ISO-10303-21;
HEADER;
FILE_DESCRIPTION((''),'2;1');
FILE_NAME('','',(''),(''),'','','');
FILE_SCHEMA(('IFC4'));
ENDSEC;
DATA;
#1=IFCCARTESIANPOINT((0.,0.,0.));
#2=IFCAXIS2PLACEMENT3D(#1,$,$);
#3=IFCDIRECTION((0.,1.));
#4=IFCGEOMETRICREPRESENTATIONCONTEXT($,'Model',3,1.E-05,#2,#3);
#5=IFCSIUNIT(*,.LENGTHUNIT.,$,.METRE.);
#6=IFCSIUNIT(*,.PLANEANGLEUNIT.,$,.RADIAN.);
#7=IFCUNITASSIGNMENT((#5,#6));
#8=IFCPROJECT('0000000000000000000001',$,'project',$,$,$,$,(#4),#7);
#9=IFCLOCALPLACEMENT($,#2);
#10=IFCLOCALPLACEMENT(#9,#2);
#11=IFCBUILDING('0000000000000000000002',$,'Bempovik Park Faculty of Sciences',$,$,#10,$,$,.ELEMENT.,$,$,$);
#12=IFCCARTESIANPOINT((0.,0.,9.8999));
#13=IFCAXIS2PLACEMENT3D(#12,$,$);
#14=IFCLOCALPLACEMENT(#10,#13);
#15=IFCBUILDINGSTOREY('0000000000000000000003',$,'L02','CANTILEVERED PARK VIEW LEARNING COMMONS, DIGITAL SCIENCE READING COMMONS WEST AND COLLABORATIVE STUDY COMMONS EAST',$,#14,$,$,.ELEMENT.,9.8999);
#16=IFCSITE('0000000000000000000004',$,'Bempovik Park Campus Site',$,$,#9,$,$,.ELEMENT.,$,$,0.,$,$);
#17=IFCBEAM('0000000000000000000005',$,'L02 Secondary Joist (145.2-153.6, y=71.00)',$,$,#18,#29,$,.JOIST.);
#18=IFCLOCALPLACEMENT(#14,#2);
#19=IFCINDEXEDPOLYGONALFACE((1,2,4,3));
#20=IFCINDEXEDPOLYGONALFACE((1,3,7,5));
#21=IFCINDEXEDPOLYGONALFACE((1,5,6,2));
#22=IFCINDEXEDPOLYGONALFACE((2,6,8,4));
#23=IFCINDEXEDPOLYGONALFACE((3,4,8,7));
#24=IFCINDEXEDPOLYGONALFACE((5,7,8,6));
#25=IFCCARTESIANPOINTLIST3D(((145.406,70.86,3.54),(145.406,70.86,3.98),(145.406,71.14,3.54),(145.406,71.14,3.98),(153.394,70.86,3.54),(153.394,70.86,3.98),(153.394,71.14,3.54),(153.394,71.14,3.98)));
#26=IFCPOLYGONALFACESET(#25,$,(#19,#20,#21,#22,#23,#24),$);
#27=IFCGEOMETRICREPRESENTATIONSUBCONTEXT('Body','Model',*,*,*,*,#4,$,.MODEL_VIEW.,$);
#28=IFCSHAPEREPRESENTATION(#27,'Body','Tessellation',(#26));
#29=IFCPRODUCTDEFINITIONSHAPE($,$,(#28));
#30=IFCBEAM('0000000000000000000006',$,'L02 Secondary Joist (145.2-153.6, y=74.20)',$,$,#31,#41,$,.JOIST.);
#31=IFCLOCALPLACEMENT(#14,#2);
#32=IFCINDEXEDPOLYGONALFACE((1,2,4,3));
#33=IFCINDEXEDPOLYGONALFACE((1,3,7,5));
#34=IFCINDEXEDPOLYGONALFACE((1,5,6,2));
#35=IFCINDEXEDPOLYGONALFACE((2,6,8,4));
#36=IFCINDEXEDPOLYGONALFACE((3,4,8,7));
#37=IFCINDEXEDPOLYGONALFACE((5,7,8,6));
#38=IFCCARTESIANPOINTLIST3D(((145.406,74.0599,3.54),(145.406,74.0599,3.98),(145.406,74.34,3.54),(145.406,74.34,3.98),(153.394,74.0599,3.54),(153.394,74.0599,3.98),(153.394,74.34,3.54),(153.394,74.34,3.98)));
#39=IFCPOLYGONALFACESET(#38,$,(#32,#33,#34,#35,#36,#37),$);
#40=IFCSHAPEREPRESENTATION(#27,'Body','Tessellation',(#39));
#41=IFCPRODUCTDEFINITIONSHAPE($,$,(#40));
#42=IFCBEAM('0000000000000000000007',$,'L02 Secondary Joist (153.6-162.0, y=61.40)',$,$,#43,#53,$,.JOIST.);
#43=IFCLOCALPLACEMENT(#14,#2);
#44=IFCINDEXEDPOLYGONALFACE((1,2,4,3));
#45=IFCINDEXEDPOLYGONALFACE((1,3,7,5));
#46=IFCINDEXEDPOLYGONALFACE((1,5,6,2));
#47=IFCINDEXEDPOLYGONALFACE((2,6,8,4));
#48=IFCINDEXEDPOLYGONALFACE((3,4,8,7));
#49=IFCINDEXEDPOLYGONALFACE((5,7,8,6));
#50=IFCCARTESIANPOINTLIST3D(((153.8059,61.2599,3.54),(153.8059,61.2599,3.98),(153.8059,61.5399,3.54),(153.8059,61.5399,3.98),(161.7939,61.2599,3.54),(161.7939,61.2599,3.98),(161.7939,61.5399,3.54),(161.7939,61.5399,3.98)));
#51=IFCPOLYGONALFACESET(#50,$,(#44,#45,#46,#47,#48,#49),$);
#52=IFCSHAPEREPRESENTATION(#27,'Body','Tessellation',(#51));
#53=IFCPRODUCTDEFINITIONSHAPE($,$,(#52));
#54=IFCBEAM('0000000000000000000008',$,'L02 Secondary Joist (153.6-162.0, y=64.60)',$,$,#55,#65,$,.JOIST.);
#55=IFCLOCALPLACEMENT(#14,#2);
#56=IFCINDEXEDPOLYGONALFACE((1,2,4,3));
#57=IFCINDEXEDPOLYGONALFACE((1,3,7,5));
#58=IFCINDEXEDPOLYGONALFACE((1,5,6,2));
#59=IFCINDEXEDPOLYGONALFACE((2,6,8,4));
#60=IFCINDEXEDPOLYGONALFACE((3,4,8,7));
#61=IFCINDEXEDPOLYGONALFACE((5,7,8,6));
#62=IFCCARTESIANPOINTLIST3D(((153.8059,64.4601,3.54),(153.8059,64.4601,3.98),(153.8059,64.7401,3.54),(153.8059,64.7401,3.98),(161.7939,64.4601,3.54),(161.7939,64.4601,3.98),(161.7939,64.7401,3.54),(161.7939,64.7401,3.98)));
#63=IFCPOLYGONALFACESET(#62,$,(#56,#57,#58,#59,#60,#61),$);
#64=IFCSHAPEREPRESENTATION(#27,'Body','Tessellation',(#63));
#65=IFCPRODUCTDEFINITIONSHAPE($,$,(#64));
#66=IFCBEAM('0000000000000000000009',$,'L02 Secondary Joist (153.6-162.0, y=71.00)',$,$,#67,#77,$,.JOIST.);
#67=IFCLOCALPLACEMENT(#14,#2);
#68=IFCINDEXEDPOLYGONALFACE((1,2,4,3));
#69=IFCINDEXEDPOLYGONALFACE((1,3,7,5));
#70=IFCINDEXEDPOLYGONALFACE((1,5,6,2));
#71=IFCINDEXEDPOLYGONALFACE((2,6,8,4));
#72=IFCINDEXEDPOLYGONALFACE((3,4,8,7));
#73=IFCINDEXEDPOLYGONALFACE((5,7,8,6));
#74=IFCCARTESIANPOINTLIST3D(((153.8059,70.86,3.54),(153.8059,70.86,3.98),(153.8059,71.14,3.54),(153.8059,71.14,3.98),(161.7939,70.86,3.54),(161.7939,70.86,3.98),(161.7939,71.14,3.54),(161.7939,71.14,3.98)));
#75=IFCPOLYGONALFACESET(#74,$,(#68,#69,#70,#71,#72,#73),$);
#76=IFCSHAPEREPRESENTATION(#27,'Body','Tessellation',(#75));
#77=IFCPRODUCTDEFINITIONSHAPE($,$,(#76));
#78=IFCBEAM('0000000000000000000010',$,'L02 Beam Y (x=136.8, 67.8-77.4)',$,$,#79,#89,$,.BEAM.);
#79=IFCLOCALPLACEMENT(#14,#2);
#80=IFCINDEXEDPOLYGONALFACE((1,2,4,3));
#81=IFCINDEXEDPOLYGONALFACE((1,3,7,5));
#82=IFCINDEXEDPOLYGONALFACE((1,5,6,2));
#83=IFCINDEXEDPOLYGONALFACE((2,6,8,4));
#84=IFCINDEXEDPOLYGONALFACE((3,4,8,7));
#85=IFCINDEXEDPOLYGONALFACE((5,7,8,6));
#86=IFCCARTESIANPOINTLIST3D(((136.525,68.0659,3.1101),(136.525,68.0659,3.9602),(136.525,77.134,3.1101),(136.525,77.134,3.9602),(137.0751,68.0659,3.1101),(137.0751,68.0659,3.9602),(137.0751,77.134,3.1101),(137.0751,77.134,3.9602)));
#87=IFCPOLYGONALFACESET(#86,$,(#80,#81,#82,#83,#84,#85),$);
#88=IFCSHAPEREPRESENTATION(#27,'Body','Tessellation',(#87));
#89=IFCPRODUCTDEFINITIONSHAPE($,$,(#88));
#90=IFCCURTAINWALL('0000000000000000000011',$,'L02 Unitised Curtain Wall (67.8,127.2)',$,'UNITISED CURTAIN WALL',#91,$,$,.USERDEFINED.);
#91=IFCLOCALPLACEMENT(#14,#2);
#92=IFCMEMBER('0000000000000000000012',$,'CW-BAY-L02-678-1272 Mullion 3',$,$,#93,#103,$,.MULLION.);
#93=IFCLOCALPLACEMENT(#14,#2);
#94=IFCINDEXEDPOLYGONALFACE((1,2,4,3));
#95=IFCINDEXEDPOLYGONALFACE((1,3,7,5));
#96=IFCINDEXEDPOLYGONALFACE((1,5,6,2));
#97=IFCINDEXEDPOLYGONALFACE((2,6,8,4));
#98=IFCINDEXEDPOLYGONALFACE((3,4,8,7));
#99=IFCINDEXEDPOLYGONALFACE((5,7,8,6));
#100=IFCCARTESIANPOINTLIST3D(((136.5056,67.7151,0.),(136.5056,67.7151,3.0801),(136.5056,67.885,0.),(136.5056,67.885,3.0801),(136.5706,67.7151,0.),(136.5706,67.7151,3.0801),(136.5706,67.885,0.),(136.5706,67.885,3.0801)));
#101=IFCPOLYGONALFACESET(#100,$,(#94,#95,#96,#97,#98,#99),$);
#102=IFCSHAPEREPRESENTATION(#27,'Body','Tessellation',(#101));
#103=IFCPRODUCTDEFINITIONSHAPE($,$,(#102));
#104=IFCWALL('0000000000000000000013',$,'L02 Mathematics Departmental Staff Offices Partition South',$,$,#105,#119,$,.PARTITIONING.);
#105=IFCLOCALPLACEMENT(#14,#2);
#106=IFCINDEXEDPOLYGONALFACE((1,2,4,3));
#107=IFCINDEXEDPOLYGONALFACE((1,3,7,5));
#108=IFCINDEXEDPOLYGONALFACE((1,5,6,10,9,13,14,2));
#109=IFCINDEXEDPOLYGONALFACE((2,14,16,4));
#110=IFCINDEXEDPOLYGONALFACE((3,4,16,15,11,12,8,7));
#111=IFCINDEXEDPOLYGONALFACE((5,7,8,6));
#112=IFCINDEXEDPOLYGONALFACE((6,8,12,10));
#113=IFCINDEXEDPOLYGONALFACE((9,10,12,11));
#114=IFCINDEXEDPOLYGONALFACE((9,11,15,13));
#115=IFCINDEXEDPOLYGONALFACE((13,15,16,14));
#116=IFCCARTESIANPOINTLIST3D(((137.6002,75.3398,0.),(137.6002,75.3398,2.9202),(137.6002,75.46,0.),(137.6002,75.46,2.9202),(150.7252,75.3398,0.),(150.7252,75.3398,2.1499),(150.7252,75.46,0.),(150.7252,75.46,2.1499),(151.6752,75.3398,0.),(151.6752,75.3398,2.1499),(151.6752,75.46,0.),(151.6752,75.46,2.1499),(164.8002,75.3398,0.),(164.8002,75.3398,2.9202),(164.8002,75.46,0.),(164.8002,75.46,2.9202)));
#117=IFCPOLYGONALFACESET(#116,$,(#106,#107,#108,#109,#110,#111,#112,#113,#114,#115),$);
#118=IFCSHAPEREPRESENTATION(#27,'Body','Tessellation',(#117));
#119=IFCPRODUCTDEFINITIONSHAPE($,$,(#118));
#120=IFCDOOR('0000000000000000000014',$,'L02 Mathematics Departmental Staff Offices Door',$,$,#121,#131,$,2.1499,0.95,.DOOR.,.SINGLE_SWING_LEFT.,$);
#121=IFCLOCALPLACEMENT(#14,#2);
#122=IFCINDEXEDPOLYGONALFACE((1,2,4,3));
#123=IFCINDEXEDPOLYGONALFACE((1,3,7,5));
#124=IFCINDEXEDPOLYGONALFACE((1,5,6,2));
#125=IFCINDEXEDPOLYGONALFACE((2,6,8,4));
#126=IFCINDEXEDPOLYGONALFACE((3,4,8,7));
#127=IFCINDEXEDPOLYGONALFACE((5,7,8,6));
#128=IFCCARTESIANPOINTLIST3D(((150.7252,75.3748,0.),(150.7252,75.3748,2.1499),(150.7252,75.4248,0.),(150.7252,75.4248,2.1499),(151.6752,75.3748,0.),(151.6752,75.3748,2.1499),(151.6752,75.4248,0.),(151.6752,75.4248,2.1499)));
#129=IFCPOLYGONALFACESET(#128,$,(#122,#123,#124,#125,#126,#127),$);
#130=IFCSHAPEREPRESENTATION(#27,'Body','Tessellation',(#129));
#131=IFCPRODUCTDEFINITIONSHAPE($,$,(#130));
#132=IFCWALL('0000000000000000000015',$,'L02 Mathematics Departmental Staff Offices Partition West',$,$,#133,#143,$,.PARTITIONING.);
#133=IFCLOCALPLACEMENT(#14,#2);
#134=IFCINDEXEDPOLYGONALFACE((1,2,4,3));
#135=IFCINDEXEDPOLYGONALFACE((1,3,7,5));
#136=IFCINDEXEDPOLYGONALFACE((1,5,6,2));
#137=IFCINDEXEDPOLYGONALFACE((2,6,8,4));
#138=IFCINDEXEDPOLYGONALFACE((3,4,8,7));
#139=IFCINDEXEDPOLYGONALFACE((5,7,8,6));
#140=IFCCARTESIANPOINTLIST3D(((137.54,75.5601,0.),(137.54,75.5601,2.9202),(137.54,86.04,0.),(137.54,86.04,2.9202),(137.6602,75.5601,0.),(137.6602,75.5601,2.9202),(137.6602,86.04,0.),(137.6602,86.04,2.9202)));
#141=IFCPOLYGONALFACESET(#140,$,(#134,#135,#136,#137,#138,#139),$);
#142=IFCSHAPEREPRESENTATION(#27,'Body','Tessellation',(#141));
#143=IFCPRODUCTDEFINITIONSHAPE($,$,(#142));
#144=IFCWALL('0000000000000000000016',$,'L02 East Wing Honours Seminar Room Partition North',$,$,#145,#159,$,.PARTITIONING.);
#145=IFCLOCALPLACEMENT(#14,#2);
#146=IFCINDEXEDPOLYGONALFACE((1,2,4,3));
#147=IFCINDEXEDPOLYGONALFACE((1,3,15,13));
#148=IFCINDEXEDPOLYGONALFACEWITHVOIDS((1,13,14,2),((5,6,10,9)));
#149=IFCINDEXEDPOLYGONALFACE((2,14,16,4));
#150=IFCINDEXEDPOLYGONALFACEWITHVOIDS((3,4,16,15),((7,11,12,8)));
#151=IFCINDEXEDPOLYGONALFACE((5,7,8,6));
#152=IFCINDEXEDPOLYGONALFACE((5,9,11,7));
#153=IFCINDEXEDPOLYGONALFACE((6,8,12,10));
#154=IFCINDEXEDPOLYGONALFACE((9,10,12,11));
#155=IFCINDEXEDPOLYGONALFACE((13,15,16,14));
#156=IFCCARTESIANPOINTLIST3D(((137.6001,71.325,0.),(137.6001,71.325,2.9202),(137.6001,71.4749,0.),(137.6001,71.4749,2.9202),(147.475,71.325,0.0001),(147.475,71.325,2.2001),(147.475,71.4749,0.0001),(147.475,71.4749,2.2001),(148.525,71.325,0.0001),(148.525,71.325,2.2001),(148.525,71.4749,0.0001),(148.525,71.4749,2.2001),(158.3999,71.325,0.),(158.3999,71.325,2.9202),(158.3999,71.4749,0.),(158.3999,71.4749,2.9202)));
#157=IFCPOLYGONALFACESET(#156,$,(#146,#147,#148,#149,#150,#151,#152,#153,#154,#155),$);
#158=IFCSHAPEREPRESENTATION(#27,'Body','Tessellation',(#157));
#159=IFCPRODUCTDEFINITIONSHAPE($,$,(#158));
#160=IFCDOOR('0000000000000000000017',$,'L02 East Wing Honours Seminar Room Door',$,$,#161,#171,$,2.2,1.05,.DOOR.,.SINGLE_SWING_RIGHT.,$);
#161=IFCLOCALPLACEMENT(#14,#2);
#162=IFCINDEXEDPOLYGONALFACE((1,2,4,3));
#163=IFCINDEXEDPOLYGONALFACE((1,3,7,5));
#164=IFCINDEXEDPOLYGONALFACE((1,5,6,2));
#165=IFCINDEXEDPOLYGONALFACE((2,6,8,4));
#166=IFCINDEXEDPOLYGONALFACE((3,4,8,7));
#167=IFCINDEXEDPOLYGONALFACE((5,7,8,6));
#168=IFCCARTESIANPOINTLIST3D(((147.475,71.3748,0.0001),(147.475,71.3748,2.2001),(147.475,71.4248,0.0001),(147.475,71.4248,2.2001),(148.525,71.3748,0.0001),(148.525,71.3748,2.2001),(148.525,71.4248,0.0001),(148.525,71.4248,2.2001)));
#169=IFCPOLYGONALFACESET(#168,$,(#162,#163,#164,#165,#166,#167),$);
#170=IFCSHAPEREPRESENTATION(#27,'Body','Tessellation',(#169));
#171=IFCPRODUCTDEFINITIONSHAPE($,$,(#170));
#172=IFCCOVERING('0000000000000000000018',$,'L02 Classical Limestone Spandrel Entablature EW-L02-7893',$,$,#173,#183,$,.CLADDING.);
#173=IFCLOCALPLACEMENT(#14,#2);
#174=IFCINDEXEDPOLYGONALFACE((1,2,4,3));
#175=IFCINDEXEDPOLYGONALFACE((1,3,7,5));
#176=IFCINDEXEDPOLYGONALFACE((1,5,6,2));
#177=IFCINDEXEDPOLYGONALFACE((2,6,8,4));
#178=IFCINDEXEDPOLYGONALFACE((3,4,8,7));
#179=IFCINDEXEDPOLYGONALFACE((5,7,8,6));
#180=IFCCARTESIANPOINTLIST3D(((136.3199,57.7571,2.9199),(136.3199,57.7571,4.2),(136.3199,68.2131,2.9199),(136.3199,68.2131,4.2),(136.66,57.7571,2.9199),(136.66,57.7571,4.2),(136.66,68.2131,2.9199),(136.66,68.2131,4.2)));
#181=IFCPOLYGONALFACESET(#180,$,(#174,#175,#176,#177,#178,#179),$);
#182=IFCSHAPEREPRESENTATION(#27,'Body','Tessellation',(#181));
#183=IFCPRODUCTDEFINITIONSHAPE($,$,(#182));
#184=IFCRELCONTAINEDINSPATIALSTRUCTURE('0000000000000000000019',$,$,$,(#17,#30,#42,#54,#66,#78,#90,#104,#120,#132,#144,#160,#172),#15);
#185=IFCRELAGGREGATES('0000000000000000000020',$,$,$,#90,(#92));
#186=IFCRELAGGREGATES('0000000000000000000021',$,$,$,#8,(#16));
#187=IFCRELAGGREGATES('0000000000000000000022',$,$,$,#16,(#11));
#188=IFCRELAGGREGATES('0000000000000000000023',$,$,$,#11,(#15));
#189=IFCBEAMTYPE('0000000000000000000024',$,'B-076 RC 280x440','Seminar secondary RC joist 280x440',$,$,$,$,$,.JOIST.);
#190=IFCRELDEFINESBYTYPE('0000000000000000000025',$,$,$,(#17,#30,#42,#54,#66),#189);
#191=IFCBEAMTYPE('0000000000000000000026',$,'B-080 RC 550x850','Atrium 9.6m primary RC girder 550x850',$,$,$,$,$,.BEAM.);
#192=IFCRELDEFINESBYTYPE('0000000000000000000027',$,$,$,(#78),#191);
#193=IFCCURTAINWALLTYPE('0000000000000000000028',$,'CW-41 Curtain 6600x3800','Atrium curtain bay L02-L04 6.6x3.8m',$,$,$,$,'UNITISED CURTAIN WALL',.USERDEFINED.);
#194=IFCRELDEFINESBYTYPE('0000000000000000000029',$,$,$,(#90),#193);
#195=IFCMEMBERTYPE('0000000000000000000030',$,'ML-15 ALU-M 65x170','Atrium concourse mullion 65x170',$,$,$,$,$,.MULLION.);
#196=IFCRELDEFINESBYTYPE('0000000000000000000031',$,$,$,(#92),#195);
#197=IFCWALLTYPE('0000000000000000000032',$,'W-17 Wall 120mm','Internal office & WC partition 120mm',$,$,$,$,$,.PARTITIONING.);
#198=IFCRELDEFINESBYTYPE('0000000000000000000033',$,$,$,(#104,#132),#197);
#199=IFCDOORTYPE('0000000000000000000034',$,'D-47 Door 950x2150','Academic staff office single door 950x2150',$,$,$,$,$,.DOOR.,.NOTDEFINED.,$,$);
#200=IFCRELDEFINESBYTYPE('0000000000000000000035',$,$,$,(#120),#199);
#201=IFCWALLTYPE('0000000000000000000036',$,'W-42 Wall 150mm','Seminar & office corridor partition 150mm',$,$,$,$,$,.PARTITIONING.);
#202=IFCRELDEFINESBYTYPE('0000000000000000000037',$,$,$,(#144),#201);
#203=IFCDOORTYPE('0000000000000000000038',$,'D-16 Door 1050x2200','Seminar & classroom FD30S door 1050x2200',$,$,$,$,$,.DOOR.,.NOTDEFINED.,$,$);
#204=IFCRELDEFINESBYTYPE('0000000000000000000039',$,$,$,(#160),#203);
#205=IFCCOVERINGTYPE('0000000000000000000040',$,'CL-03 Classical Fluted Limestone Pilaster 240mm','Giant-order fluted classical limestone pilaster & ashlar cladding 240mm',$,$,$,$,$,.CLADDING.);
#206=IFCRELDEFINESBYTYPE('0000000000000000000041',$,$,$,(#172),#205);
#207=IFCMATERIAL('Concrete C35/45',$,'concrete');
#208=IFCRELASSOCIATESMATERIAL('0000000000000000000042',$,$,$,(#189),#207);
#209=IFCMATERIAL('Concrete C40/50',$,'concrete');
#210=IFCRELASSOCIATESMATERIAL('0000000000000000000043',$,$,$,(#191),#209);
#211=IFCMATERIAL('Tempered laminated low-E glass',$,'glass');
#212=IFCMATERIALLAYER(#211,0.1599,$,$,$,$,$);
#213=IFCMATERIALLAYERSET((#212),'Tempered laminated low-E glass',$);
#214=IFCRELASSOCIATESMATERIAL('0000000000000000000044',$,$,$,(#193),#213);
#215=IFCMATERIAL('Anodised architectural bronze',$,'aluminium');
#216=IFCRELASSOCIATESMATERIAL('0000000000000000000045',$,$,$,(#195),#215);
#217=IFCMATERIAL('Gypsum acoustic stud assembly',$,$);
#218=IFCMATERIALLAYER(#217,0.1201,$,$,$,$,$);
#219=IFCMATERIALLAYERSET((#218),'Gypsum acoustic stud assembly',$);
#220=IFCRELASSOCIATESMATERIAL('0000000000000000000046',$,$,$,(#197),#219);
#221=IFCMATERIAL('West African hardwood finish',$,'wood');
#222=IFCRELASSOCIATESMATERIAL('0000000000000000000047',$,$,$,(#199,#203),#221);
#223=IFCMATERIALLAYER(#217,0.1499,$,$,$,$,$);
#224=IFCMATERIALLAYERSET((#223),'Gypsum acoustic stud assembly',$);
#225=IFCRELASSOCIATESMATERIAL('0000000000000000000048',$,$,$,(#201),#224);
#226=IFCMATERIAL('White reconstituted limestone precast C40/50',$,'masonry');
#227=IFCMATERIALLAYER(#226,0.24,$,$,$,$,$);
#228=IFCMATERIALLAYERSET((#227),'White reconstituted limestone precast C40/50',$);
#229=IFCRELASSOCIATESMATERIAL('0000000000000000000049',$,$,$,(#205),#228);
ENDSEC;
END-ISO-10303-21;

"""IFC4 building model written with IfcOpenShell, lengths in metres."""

from ifc_helpers import new_model, si_unit, direction, frame, frame_2d, origin, origin_2d, place, context, subcontext, project, spatial, rectangle, extrude, material, layer, layer_set, material_profile, profile_set, type_object, element, fill, aggregate, save


model = new_model("IFC4")

# Units and contexts
model_context = context("Model", 3, precision=1e-05, world=origin(), true_north=direction((0.0, 1.0)))
body_context = subcontext(model_context, "Body", "Model", "MODEL_VIEW")
ifc_project = project(units=[si_unit("LENGTHUNIT", "METRE"), si_unit("PLANEANGLEUNIT", "RADIAN")], contexts=[model_context])

# Site, building, storey
site_placement = place(None, origin())
site = spatial("IfcSite", under=ifc_project, at=site_placement, Name="Bempovik Park Campus Site", CompositionType="ELEMENT", RefElevation=0.0)
building_placement = place(site_placement, origin())
building = spatial("IfcBuilding", under=site, at=building_placement, Name="Bempovik Park Faculty of Sciences", CompositionType="ELEMENT")
storey_placement = place(building_placement, frame((0.0, 0.0, 9.8999)))
storey = spatial("IfcBuildingStorey", under=building, at=storey_placement, Name="L02", Description="CANTILEVERED PARK VIEW LEARNING COMMONS, DIGITAL SCIENCE READING COMMONS WEST AND COLLABORATIVE STUDY COMMONS EAST", CompositionType="ELEMENT", Elevation=9.8999)

# Shared definitions
ifc_material_1 = material(Name="Concrete C35/45", Category="concrete")

# Beams
ifc_material_profile_1 = material_profile(ifc_material_1, rectangle(XDim=0.28, YDim=0.4399, at=origin_2d()), Name="RC 280x440")
ifc_profile_set_1 = profile_set([ifc_material_profile_1], Name="Concrete C35/45")
beam_type_1 = type_object("IfcBeamType", Name="B-076 RC 280x440", Description="Seminar secondary RC joist 280x440", PredefinedType="JOIST", material=ifc_profile_set_1)
for number, where, z_axis, x_axis, name in (
    (1, (145.406, 71.0, 3.76), (1.0, 0.0, 0.0), (0.0, 1.0, 0.0), "L02 Secondary Joist (145.2-153.6, y=71.00)"),
    (2, (145.406, 74.2, 3.76), (1.0, 0.0, 0.0), (0.0, 1.0, 0.0), "L02 Secondary Joist (145.2-153.6, y=74.20)"),
    (3, (153.8059, 61.3999, 3.76), (1.0, 0.0, 0.0), (0.0, 1.0, 0.0), "L02 Secondary Joist (153.6-162.0, y=61.40)"),
    (4, (153.8059, 64.6001, 3.76), (1.0, 0.0, 0.0), (0.0, 1.0, 0.0), "L02 Secondary Joist (153.6-162.0, y=64.60)"),
    (5, (153.8059, 71.0, 3.76), (1.0, 0.0, 0.0), (0.0, 1.0, 0.0), "L02 Secondary Joist (153.6-162.0, y=71.00)"),
):
    element("IfcBeam", number, at=place(storey_placement, frame(where, z_axis=z_axis, x_axis=x_axis)), inside=storey, type_object=beam_type_1, Name=name, PredefinedType="JOIST", context=body_context, shape_type="SweptSolid", body=[
        extrude(rectangle(XDim=0.28, YDim=0.4399, at=origin_2d()), origin(), (0.0, 0.0, 1.0), 7.988),
    ])
ifc_material_2 = material(Name="Concrete C40/50", Category="concrete")
ifc_material_profile_2 = material_profile(ifc_material_2, rectangle(XDim=0.55, YDim=0.8501, at=origin_2d()), Name="RC 550x850")
ifc_profile_set_2 = profile_set([ifc_material_profile_2], Name="Concrete C40/50")
beam_type_2 = type_object("IfcBeamType", Name="B-080 RC 550x850", Description="Atrium 9.6m primary RC girder 550x850", PredefinedType="BEAM", material=ifc_profile_set_2)
beam_1_placement = place(storey_placement, frame((136.8, 68.0659, 3.5352), z_axis=(0.0, 1.0, 0.0), x_axis=(-1.0, 0.0, 0.0)))
element("IfcBeam", 6, at=beam_1_placement, inside=storey, type_object=beam_type_2, Name="L02 Beam Y (x=136.8, 67.8-77.4)", PredefinedType="BEAM", context=body_context, shape_type="SweptSolid", body=[
    extrude(rectangle(XDim=0.55, YDim=0.8501, at=origin_2d()), origin(), (0.0, 0.0, 1.0), 9.0681),
])

# Curtain wall, member
ifc_material_3 = material(Name="Tempered laminated low-E glass", Category="glass")
ifc_layer_1 = layer(ifc_material_3, 0.1599)
ifc_layer_set_1 = layer_set([ifc_layer_1], Name="Tempered laminated low-E glass")
curtain_wall_type = type_object("IfcCurtainWallType", Name="CW-41 Curtain 6600x3800", Description="Atrium curtain bay L02-L04 6.6x3.8m", ElementType="UNITISED CURTAIN WALL", PredefinedType="USERDEFINED", material=ifc_layer_set_1)
curtain_wall_placement = place(storey_placement, origin())
curtain_wall = element("IfcCurtainWall", 7, at=curtain_wall_placement, inside=storey, type_object=curtain_wall_type, Name="L02 Unitised Curtain Wall (67.8,127.2)", ObjectType="UNITISED CURTAIN WALL", PredefinedType="USERDEFINED")
ifc_material_4 = material(Name="Anodised architectural bronze", Category="aluminium")
ifc_material_profile_3 = material_profile(ifc_material_4, rectangle(XDim=0.0649, YDim=0.1699, at=origin_2d()), Name="ALU-M 65x170")
ifc_profile_set_3 = profile_set([ifc_material_profile_3], Name="Anodised architectural bronze")
member_type = type_object("IfcMemberType", Name="ML-15 ALU-M 65x170", Description="Atrium concourse mullion 65x170", PredefinedType="MULLION", material=ifc_profile_set_3)
member_placement = place(storey_placement, frame((136.5381, 67.8, 0.0), z_axis=(0.0, 0.0, 1.0), x_axis=(1.0, 0.0, 0.0)))
member = element("IfcMember", 8, at=member_placement, type_object=member_type, Name="CW-BAY-L02-678-1272 Mullion 3", PredefinedType="MULLION", context=body_context, shape_type="SweptSolid", body=[
    extrude(rectangle(XDim=0.0649, YDim=0.1699, at=origin_2d()), origin(), (0.0, 0.0, 1.0), 3.0801),
])
aggregate(curtain_wall, [member])

# Wall, opening, door
ifc_material_5 = material(Name="Gypsum acoustic stud assembly")
ifc_layer_2 = layer(ifc_material_5, 0.1201)
ifc_layer_set_2 = layer_set([ifc_layer_2], Name="Gypsum acoustic stud assembly")
wall_type_1 = type_object("IfcWallType", Name="W-17 Wall 120mm", Description="Internal office & WC partition 120mm", PredefinedType="PARTITIONING", material=ifc_layer_set_2)
wall_1_placement = place(storey_placement, frame((137.6001, 75.3999, 0.0), z_axis=(0.0, 0.0, 1.0), x_axis=(1.0, 0.0, 0.0)))
wall_1 = element("IfcWall", 9, at=wall_1_placement, inside=storey, type_object=wall_type_1, Name="L02 Mathematics Departmental Staff Offices Partition South", PredefinedType="PARTITIONING", context=body_context, shape_type="SweptSolid", body=[
    extrude(rectangle(XDim=27.2, YDim=0.1201, at=frame_2d((13.6001, 0.0))), origin(), (0.0, 0.0, 1.0), 2.9202),
])
opening_1_placement = place(wall_1_placement, frame((13.125, 0.0, 0.0)))
opening_1 = element("IfcOpeningElement", 10, at=opening_1_placement, cuts=wall_1, PredefinedType="OPENING", context=body_context, shape_type="SweptSolid", body=[
    extrude(rectangle(XDim=0.95, YDim=2.1499, at=frame_2d((0.4751, 1.075))), frame((0.0, 0.0701, 0.0), z_axis=(0.0, -1.0, 0.0), x_axis=(1.0, 0.0, 0.0)), (0.0, 0.0, 1.0), 0.1401),
])
ifc_material_6 = material(Name="West African hardwood finish", Category="wood")
door_type_1 = type_object("IfcDoorType", Name="D-47 Door 950x2150", Description="Academic staff office single door 950x2150", OperationType="NOTDEFINED", PredefinedType="DOOR", material=ifc_material_6)
door_1_placement = place(opening_1_placement, origin())
door_1 = element("IfcDoor", 11, at=door_1_placement, inside=storey, type_object=door_type_1, Name="L02 Mathematics Departmental Staff Offices Door", OperationType="SINGLE_SWING_LEFT", OverallHeight=2.1499, OverallWidth=0.95, PredefinedType="DOOR", context=body_context, shape_type="SweptSolid", body=[
    extrude(rectangle(XDim=0.95, YDim=2.1499, at=frame_2d((0.4751, 1.075))), frame((0.0, 0.0249, 0.0), z_axis=(0.0, -1.0, 0.0), x_axis=(1.0, 0.0, 0.0)), (0.0, 0.0, 1.0), 0.05),
])
fill(opening_1, door_1)

# Wall
wall_2_placement = place(storey_placement, frame((137.6001, 75.5601, 0.0), z_axis=(0.0, 0.0, 1.0), x_axis=(0.0, 1.0, 0.0)))
element("IfcWall", 12, at=wall_2_placement, inside=storey, type_object=wall_type_1, Name="L02 Mathematics Departmental Staff Offices Partition West", PredefinedType="PARTITIONING", context=body_context, shape_type="SweptSolid", body=[
    extrude(rectangle(XDim=10.48, YDim=0.1201, at=frame_2d((5.24, 0.0))), origin(), (0.0, 0.0, 1.0), 2.9202),
])

# Wall, opening, door
ifc_layer_3 = layer(ifc_material_5, 0.1499)
ifc_layer_set_3 = layer_set([ifc_layer_3], Name="Gypsum acoustic stud assembly")
wall_type_2 = type_object("IfcWallType", Name="W-42 Wall 150mm", Description="Seminar & office corridor partition 150mm", PredefinedType="PARTITIONING", material=ifc_layer_set_3)
wall_3_placement = place(storey_placement, frame((137.6001, 71.3999, 0.0), z_axis=(0.0, 0.0, 1.0), x_axis=(1.0, 0.0, 0.0)))
wall_3 = element("IfcWall", 13, at=wall_3_placement, inside=storey, type_object=wall_type_2, Name="L02 East Wing Honours Seminar Room Partition North", PredefinedType="PARTITIONING", context=body_context, shape_type="SweptSolid", body=[
    extrude(rectangle(XDim=20.7998, YDim=0.1499, at=frame_2d((10.3999, 0.0))), origin(), (0.0, 0.0, 1.0), 2.9202),
])
opening_2_placement = place(wall_3_placement, frame((9.875, 0.0, 0.0)))
opening_2 = element("IfcOpeningElement", 14, at=opening_2_placement, cuts=wall_3, PredefinedType="OPENING", context=body_context, shape_type="SweptSolid", body=[
    extrude(rectangle(XDim=1.05, YDim=2.2, at=frame_2d((0.5249, 1.1001))), frame((0.0, 0.085, 0.0), z_axis=(0.0, -1.0, 0.0), x_axis=(1.0, 0.0, 0.0)), (0.0, 0.0, 1.0), 0.1699),
])
door_type_2 = type_object("IfcDoorType", Name="D-16 Door 1050x2200", Description="Seminar & classroom FD30S door 1050x2200", OperationType="NOTDEFINED", PredefinedType="DOOR", material=ifc_material_6)
door_2_placement = place(opening_2_placement, origin())
door_2 = element("IfcDoor", 15, at=door_2_placement, inside=storey, type_object=door_type_2, Name="L02 East Wing Honours Seminar Room Door", OperationType="SINGLE_SWING_RIGHT", OverallHeight=2.2, OverallWidth=1.05, PredefinedType="DOOR", context=body_context, shape_type="SweptSolid", body=[
    extrude(rectangle(XDim=1.05, YDim=2.2, at=frame_2d((0.5249, 1.1001))), frame((0.0, 0.0249, 0.0), z_axis=(0.0, -1.0, 0.0), x_axis=(1.0, 0.0, 0.0)), (0.0, 0.0, 1.0), 0.05),
])
fill(opening_2, door_2)

# Covering
ifc_material_7 = material(Name="White reconstituted limestone precast C40/50", Category="masonry")
ifc_layer_4 = layer(ifc_material_7, 0.24)
ifc_layer_set_4 = layer_set([ifc_layer_4], Name="White reconstituted limestone precast C40/50")
covering_type = type_object("IfcCoveringType", Name="CL-03 Classical Fluted Limestone Pilaster 240mm", Description="Giant-order fluted classical limestone pilaster & ashlar cladding 240mm", PredefinedType="CLADDING", material=ifc_layer_set_4)
covering_1_placement = place(storey_placement, frame((136.49, 62.9851, 2.9199), z_axis=(0.0, 0.0, 1.0), x_axis=(1.0, 0.0, 0.0)))
element("IfcCovering", 16, at=covering_1_placement, inside=storey, type_object=covering_type, Name="L02 Classical Limestone Spandrel Entablature EW-L02-7893", PredefinedType="CLADDING", context=body_context, shape_type="SweptSolid", body=[
    extrude(rectangle(XDim=0.3401, YDim=10.4561, at=origin_2d()), origin(), (0.0, 0.0, 1.0), 1.28),
])

save(model, "model.ifc")
